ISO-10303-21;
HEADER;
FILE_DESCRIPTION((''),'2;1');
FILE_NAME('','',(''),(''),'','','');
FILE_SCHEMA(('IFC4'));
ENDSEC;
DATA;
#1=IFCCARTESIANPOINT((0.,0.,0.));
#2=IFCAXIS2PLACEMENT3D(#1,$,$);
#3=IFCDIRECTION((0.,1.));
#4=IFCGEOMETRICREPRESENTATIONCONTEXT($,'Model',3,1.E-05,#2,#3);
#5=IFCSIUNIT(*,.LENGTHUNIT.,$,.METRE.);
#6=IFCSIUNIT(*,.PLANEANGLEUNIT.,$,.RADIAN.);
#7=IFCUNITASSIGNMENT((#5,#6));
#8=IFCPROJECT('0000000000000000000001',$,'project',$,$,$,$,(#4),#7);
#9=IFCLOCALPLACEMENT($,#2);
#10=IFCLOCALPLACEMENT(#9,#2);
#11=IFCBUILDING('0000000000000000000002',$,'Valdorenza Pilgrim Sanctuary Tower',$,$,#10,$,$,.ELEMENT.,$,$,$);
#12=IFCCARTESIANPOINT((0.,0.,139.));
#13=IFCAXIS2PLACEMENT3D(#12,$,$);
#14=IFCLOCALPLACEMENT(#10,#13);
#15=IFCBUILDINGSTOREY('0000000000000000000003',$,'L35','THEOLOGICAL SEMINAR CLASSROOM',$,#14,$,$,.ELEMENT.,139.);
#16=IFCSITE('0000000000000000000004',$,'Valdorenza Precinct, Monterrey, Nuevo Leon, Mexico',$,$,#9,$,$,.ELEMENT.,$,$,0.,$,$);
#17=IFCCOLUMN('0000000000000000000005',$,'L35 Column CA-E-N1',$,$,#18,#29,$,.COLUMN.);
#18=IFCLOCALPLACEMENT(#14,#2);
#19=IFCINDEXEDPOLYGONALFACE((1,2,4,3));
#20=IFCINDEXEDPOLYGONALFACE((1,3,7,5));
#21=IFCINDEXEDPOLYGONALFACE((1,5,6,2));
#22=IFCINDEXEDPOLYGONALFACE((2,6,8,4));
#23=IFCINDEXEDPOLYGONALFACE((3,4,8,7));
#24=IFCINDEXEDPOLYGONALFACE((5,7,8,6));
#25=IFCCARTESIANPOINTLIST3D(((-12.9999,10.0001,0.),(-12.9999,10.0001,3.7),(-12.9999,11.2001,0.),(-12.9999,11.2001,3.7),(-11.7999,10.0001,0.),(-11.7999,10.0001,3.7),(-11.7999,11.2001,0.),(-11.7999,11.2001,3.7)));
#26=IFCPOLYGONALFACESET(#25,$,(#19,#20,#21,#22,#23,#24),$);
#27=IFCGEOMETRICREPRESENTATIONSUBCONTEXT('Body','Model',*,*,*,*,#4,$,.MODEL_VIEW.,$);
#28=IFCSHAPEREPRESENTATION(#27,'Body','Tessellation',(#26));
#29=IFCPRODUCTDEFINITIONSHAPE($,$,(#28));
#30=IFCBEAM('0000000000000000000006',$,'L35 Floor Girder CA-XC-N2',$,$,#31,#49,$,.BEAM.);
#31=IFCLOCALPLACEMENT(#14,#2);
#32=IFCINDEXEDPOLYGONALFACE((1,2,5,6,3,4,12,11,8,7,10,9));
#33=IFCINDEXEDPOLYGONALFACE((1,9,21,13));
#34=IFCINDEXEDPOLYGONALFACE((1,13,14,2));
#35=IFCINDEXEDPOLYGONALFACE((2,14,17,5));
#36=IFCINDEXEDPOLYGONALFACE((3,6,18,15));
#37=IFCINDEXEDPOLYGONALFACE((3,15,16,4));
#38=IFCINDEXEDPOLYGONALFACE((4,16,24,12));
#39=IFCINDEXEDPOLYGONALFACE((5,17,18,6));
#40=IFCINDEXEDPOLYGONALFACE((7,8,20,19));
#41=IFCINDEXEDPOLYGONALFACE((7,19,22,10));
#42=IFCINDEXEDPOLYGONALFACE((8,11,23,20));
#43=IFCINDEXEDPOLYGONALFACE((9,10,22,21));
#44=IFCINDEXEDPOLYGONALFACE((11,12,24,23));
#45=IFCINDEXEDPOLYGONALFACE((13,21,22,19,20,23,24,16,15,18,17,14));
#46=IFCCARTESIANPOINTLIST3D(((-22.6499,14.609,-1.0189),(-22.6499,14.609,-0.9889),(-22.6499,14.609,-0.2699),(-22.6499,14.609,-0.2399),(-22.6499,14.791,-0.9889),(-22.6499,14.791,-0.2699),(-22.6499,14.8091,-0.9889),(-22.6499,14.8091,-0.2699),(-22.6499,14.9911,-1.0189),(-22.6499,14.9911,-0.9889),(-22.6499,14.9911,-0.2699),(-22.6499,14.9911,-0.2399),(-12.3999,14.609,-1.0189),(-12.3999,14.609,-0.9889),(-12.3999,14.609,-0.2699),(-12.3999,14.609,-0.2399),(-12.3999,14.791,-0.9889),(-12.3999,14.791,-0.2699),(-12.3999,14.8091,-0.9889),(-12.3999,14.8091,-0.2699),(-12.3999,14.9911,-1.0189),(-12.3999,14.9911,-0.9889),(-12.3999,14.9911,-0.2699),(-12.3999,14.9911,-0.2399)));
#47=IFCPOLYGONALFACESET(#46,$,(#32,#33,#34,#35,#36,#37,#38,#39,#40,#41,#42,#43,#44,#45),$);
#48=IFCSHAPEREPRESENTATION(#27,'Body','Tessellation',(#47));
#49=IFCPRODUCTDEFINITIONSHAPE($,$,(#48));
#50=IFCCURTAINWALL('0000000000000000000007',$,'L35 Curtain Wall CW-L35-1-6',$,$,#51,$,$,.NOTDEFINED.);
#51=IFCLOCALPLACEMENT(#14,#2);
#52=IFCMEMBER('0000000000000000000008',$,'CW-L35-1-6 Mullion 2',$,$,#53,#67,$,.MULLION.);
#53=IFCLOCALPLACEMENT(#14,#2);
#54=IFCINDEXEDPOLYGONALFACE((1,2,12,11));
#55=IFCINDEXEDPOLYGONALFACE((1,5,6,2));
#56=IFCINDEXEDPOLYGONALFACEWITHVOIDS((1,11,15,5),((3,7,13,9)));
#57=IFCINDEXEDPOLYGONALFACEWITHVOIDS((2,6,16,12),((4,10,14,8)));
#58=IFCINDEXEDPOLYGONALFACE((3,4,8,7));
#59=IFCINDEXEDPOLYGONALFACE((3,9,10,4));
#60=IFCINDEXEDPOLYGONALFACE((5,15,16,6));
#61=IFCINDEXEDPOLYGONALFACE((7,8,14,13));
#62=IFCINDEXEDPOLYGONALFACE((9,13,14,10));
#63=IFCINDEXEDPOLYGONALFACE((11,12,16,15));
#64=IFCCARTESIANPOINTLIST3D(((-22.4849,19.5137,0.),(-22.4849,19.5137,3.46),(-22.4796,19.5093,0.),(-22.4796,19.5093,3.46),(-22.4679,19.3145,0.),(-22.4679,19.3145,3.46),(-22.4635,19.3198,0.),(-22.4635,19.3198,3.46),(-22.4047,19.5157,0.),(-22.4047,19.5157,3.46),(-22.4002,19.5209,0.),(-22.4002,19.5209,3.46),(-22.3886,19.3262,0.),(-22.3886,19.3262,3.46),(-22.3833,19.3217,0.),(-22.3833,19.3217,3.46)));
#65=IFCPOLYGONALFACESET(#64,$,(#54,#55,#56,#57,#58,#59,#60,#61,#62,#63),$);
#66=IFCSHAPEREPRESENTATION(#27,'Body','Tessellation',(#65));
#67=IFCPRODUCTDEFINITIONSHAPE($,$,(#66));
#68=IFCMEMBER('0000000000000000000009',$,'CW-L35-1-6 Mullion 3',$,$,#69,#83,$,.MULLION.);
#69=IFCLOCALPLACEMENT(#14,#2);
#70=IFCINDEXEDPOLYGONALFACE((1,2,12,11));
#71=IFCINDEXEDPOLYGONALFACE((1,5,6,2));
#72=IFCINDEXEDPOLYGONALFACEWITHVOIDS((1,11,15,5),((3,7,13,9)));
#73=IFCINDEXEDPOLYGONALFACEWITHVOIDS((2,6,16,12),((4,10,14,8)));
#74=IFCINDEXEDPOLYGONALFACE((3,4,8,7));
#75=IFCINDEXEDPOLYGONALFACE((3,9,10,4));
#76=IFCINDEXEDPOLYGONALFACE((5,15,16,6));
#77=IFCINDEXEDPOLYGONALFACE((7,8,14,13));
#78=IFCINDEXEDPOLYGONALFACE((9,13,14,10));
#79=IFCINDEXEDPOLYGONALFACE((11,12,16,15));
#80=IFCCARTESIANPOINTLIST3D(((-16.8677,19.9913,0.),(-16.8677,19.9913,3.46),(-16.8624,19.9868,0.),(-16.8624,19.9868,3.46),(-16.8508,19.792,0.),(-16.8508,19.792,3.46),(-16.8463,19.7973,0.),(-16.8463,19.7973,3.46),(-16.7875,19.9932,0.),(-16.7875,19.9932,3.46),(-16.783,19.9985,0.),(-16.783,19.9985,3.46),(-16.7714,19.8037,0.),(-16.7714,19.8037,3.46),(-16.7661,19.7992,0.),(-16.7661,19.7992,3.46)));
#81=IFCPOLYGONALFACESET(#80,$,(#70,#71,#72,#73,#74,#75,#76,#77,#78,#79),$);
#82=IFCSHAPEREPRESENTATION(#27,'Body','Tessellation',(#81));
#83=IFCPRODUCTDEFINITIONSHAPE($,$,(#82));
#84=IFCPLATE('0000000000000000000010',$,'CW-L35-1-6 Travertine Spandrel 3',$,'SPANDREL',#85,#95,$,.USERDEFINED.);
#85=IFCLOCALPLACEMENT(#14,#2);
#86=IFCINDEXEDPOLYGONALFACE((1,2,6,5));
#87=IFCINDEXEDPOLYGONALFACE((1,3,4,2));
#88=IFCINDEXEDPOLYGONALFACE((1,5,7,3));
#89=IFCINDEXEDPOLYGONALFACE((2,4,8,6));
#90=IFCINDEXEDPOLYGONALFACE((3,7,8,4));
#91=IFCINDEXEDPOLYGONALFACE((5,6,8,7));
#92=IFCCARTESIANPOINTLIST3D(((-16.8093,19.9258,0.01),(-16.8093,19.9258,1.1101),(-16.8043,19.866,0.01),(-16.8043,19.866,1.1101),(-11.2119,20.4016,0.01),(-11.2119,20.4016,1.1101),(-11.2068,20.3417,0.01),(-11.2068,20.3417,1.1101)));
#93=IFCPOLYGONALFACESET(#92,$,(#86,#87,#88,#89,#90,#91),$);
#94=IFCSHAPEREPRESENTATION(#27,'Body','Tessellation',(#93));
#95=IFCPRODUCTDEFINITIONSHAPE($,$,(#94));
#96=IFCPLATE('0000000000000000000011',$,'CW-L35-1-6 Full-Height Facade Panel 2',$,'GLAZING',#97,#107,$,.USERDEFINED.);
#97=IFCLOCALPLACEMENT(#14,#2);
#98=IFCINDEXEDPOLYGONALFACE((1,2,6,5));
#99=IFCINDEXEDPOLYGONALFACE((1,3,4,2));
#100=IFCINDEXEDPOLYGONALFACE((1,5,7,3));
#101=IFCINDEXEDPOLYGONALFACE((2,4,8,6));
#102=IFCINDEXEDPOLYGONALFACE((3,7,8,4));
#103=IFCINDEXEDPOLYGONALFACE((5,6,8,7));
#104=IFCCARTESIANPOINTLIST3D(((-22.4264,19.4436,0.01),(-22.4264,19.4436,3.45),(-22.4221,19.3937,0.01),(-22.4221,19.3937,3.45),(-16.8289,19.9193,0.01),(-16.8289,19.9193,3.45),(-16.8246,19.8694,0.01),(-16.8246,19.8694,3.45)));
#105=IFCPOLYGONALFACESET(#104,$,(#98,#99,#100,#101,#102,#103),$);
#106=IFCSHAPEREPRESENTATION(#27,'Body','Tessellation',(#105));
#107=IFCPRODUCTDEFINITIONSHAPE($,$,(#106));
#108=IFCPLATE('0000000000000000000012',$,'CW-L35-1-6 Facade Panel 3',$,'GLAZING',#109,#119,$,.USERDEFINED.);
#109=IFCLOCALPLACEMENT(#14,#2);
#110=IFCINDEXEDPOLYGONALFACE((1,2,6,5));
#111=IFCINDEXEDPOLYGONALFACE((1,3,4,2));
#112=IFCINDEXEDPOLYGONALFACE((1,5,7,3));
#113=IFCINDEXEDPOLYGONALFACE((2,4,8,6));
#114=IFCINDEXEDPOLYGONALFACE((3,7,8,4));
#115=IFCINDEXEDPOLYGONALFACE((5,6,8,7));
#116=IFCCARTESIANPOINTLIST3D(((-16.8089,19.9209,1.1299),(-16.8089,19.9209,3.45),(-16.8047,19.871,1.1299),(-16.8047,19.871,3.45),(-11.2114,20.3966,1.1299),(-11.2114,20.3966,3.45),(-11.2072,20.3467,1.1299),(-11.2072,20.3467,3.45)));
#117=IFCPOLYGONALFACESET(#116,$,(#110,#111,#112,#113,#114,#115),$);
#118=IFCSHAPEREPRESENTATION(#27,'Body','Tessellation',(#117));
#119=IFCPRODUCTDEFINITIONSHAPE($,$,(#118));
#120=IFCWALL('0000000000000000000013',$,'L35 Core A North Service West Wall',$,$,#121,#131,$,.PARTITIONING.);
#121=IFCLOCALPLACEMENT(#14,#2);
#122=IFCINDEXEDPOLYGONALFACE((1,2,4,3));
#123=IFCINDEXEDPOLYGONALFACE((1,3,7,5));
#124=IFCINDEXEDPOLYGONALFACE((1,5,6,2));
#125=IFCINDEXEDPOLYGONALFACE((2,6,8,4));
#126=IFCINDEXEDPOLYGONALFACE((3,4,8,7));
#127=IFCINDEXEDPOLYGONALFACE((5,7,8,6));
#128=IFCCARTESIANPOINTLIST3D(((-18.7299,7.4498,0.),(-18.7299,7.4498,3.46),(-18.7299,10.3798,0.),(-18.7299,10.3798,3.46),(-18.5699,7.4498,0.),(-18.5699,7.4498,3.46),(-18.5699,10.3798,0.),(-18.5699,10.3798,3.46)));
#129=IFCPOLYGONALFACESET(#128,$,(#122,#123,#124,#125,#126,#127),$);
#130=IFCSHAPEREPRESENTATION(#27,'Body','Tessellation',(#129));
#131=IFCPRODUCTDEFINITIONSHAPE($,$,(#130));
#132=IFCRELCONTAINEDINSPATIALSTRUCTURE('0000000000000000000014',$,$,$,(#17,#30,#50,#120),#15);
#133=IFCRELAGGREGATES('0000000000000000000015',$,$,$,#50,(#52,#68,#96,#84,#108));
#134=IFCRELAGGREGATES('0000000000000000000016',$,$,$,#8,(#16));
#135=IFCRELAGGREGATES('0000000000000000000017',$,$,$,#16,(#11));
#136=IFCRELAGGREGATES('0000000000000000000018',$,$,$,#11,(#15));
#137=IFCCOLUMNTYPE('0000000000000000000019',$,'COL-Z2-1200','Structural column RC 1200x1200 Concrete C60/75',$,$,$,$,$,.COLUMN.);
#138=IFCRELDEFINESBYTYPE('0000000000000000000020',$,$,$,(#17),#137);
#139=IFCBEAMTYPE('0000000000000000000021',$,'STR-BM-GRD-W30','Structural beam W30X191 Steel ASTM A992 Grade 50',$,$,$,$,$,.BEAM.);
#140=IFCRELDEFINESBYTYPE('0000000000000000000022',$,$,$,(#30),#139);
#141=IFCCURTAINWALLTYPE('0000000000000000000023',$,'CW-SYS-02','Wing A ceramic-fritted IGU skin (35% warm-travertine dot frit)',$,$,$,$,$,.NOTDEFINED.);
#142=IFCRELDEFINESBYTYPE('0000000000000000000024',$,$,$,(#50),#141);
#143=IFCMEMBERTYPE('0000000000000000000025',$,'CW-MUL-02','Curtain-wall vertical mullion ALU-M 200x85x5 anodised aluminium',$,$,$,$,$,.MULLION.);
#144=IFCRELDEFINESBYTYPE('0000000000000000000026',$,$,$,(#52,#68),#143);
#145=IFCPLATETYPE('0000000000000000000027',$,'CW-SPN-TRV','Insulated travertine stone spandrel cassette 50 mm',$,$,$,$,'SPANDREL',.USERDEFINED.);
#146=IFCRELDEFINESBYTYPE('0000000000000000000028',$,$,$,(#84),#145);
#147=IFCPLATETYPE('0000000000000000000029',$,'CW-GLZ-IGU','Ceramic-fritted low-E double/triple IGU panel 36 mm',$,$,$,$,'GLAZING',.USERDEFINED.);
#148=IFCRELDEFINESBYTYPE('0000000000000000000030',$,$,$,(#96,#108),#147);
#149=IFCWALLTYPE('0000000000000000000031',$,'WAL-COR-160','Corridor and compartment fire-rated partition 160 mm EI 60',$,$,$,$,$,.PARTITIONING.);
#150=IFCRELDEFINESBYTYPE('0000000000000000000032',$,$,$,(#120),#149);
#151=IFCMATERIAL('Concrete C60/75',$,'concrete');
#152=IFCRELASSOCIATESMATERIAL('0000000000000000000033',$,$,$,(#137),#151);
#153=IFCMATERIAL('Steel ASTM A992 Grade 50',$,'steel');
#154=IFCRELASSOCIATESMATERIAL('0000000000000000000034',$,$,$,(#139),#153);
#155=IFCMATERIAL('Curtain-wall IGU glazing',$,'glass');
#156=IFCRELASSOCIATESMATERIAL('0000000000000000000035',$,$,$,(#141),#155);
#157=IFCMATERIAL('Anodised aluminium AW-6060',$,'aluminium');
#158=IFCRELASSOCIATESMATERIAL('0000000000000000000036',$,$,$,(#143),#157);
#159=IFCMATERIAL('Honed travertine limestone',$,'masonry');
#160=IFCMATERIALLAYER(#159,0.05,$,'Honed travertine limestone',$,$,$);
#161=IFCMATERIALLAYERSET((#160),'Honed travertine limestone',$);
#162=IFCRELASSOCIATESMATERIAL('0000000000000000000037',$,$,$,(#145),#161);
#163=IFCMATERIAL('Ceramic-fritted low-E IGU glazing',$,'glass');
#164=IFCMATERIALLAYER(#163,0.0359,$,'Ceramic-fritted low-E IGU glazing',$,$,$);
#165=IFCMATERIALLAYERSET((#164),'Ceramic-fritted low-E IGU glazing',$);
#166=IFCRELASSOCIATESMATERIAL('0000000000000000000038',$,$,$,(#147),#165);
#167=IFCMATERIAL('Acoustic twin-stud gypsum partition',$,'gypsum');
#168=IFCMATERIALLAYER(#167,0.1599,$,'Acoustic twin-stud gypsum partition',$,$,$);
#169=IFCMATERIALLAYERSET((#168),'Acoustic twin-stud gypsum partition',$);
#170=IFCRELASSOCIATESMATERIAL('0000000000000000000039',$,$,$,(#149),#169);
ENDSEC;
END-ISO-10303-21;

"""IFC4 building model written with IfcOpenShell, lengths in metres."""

from ifc_helpers import new_model, si_unit, direction, frame, frame_2d, origin, origin_2d, place, context, subcontext, project, spatial, rectangle, hollow_rectangle, i_section, extrude, source, transform, mapped, material, layer, layer_set, material_profile, profile_set, type_object, element, aggregate, save


model = new_model("IFC4")

# Units and contexts
model_context = context("Model", 3, precision=1e-05, world=origin(), true_north=direction((0.0, 1.0)))
body_context = subcontext(model_context, "Body", "Model", "MODEL_VIEW")
ifc_project = project(units=[si_unit("LENGTHUNIT", "METRE"), si_unit("PLANEANGLEUNIT", "RADIAN")], contexts=[model_context])

# Site, building, storey
site_placement = place(None, origin())
site = spatial("IfcSite", under=ifc_project, at=site_placement, Name="Valdorenza Precinct, Monterrey, Nuevo Leon, Mexico", CompositionType="ELEMENT", RefElevation=0.0)
building_placement = place(site_placement, origin())
building = spatial("IfcBuilding", under=site, at=building_placement, Name="Valdorenza Pilgrim Sanctuary Tower", CompositionType="ELEMENT")
storey_placement = place(building_placement, frame((0.0, 0.0, 139.0)))
storey = spatial("IfcBuildingStorey", under=building, at=storey_placement, Name="L35", Description="THEOLOGICAL SEMINAR CLASSROOM", CompositionType="ELEMENT", Elevation=139.0)

# Column
ifc_material_1 = material(Name="Concrete C60/75", Category="concrete")
ifc_material_profile_1 = material_profile(ifc_material_1, rectangle(XDim=1.2, YDim=1.2, at=origin_2d()), Name="RC 1200x1200")
ifc_profile_set_1 = profile_set([ifc_material_profile_1], Name="Concrete C60/75")
column_type = type_object("IfcColumnType", Name="COL-Z2-1200", Description="Structural column RC 1200x1200 Concrete C60/75", PredefinedType="COLUMN", material=ifc_profile_set_1)
shared_shape_1 = source(origin(), body_context, "Body", "SweptSolid", [
    extrude(rectangle(XDim=1.2, YDim=1.2, at=origin_2d()), origin(), (0.0, 0.0, 1.0), 3.7),
])
column_placement = place(storey_placement, frame((-12.3999, 10.6001, 0.0), z_axis=(0.0, 0.0, 1.0), x_axis=(1.0, 0.0, 0.0)))
element("IfcColumn", 1, at=column_placement, inside=storey, type_object=column_type, Name="L35 Column CA-E-N1", PredefinedType="COLUMN", context=body_context, shape_type="MappedRepresentation", body=[
    mapped(shared_shape_1, transform((0.0, 0.0, 0.0), x_axis=(1.0, 0.0, 0.0), y_axis=(0.0, 1.0, 0.0), z_axis=(0.0, 0.0, 1.0), scale=1.0)),
])

# Beam
ifc_material_2 = material(Name="Steel ASTM A992 Grade 50", Category="steel")
ifc_material_profile_2 = material_profile(ifc_material_2, i_section(OverallWidth=0.3821, OverallDepth=0.7791, WebThickness=0.0181, FlangeThickness=0.03, at=origin_2d()), Name="W30X191")
ifc_profile_set_2 = profile_set([ifc_material_profile_2], Name="Steel ASTM A992 Grade 50")
beam_type = type_object("IfcBeamType", Name="STR-BM-GRD-W30", Description="Structural beam W30X191 Steel ASTM A992 Grade 50", PredefinedType="BEAM", material=ifc_profile_set_2)
shared_shape_2 = source(origin(), body_context, "Body", "SweptSolid", [
    extrude(i_section(OverallWidth=0.3821, OverallDepth=0.7791, WebThickness=0.0181, FlangeThickness=0.03, at=origin_2d()), origin(), (0.0, 0.0, 1.0), 10.25),
])
beam_placement = place(storey_placement, frame((-22.6499, 14.8, -0.6294), z_axis=(1.0, 0.0, 0.0), x_axis=(0.0, 1.0, 0.0)))
element("IfcBeam", 2, at=beam_placement, inside=storey, type_object=beam_type, Name="L35 Floor Girder CA-XC-N2", PredefinedType="BEAM", context=body_context, shape_type="MappedRepresentation", body=[
    mapped(shared_shape_2, transform((0.0, 0.0, 0.0), x_axis=(1.0, 0.0, 0.0), y_axis=(0.0, 1.0, 0.0), z_axis=(0.0, 0.0, 1.0), scale=1.0)),
])

# Curtain wall, members, plates
ifc_material_3 = material(Name="Curtain-wall IGU glazing", Category="glass")
curtain_wall_type = type_object("IfcCurtainWallType", Name="CW-SYS-02", Description="Wing A ceramic-fritted IGU skin (35% warm-travertine dot frit)", PredefinedType="NOTDEFINED", material=ifc_material_3)
curtain_wall_placement = place(storey_placement, origin())
curtain_wall = element("IfcCurtainWall", 3, at=curtain_wall_placement, inside=storey, type_object=curtain_wall_type, Name="L35 Curtain Wall CW-L35-1-6", PredefinedType="NOTDEFINED")
ifc_material_4 = material(Name="Anodised aluminium AW-6060", Category="aluminium")
ifc_material_profile_3 = material_profile(ifc_material_4, hollow_rectangle(XDim=0.085, YDim=0.2, WallThickness=0.0049, at=origin_2d()), Name="ALU-M 200x85x5")
ifc_profile_set_3 = profile_set([ifc_material_profile_3], Name="Anodised aluminium AW-6060")
member_type = type_object("IfcMemberType", Name="CW-MUL-02", Description="Curtain-wall vertical mullion ALU-M 200x85x5 anodised aluminium", PredefinedType="MULLION", material=ifc_profile_set_3)
shared_shape_3 = source(origin(), body_context, "Body", "SweptSolid", [
    extrude(hollow_rectangle(XDim=0.085, YDim=0.2, WallThickness=0.0049, at=origin_2d()), origin(), (0.0, 0.0, 1.0), 3.46),
])
member_1_placement = place(storey_placement, frame((-22.4341, 19.4177, 0.0), z_axis=(0.0, 0.0, 1.0), x_axis=(0.996408, 0.084687, 0.0)))
member_1 = element("IfcMember", 4, at=member_1_placement, type_object=member_type, Name="CW-L35-1-6 Mullion 2", PredefinedType="MULLION", context=body_context, shape_type="MappedRepresentation", body=[
    mapped(shared_shape_3, transform((0.0, 0.0, 0.0), x_axis=(1.0, 0.0, 0.0), y_axis=(0.0, 1.0, 0.0), z_axis=(0.0, 0.0, 1.0), scale=1.0)),
])
member_2_placement = place(storey_placement, frame((-16.8169, 19.8953, 0.0), z_axis=(0.0, 0.0, 1.0), x_axis=(0.996408, 0.084687, 0.0)))
member_2 = element("IfcMember", 5, at=member_2_placement, type_object=member_type, Name="CW-L35-1-6 Mullion 3", PredefinedType="MULLION", context=body_context, shape_type="MappedRepresentation", body=[
    mapped(shared_shape_3, transform((0.0, 0.0, 0.0), x_axis=(1.0, 0.0, 0.0), y_axis=(0.0, 1.0, 0.0), z_axis=(0.0, 0.0, 1.0), scale=1.0)),
])
ifc_material_5 = material(Name="Honed travertine limestone", Category="masonry")
ifc_layer_1 = layer(ifc_material_5, 0.05, Name="Honed travertine limestone")
ifc_layer_set_1 = layer_set([ifc_layer_1], Name="Honed travertine limestone")
plate_type_1 = type_object("IfcPlateType", Name="CW-SPN-TRV", Description="Insulated travertine stone spandrel cassette 50 mm", ElementType="SPANDREL", PredefinedType="USERDEFINED", material=ifc_layer_set_1)
shared_shape_4 = source(origin(), body_context, "Body", "SweptSolid", [
    extrude(rectangle(XDim=5.6177, YDim=0.0601, at=origin_2d()), origin(), (0.0, 0.0, 1.0), 1.1001),
])
plate_1_placement = place(storey_placement, frame((-14.0081, 20.1338, 0.01), z_axis=(0.0, 0.0, 1.0), x_axis=(0.996408, 0.084687, 0.0)))
plate_1 = element("IfcPlate", 6, at=plate_1_placement, type_object=plate_type_1, Name="CW-L35-1-6 Travertine Spandrel 3", ObjectType="SPANDREL", PredefinedType="USERDEFINED", context=body_context, shape_type="MappedRepresentation", body=[
    mapped(shared_shape_4, transform((0.0, 0.0, 0.0), x_axis=(1.0, 0.0, 0.0), y_axis=(0.0, 1.0, 0.0), z_axis=(0.0, 0.0, 1.0), scale=1.0)),
])
ifc_material_6 = material(Name="Ceramic-fritted low-E IGU glazing", Category="glass")
ifc_layer_2 = layer(ifc_material_6, 0.0359, Name="Ceramic-fritted low-E IGU glazing")
ifc_layer_set_2 = layer_set([ifc_layer_2], Name="Ceramic-fritted low-E IGU glazing")
plate_type_2 = type_object("IfcPlateType", Name="CW-GLZ-IGU", Description="Ceramic-fritted low-E double/triple IGU panel 36 mm", ElementType="GLAZING", PredefinedType="USERDEFINED", material=ifc_layer_set_2)
shared_shape_5 = source(origin(), body_context, "Body", "SweptSolid", [
    extrude(rectangle(XDim=5.6177, YDim=0.05, at=origin_2d()), origin(), (0.0, 0.0, 1.0), 3.4399),
])
plate_2_placement = place(storey_placement, frame((-19.6255, 19.6565, 0.01), z_axis=(0.0, 0.0, 1.0), x_axis=(0.996408, 0.084687, 0.0)))
plate_2 = element("IfcPlate", 7, at=plate_2_placement, type_object=plate_type_2, Name="CW-L35-1-6 Full-Height Facade Panel 2", ObjectType="GLAZING", PredefinedType="USERDEFINED", context=body_context, shape_type="MappedRepresentation", body=[
    mapped(shared_shape_5, transform((0.0, 0.0, 0.0), x_axis=(1.0, 0.0, 0.0), y_axis=(0.0, 1.0, 0.0), z_axis=(0.0, 0.0, 1.0), scale=1.0)),
])
shared_shape_6 = source(origin(), body_context, "Body", "SweptSolid", [
    extrude(rectangle(XDim=5.6177, YDim=0.05, at=origin_2d()), origin(), (0.0, 0.0, 1.0), 2.3201),
])
plate_3_placement = place(storey_placement, frame((-14.0081, 20.1338, 1.1299), z_axis=(0.0, 0.0, 1.0), x_axis=(0.996408, 0.084687, 0.0)))
plate_3 = element("IfcPlate", 8, at=plate_3_placement, type_object=plate_type_2, Name="CW-L35-1-6 Facade Panel 3", ObjectType="GLAZING", PredefinedType="USERDEFINED", context=body_context, shape_type="MappedRepresentation", body=[
    mapped(shared_shape_6, transform((0.0, 0.0, 0.0), x_axis=(1.0, 0.0, 0.0), y_axis=(0.0, 1.0, 0.0), z_axis=(0.0, 0.0, 1.0), scale=1.0)),
])
aggregate(curtain_wall, [member_1, member_2, plate_2, plate_1, plate_3])

# Wall
ifc_material_7 = material(Name="Acoustic twin-stud gypsum partition", Category="gypsum")
ifc_layer_3 = layer(ifc_material_7, 0.1599, Name="Acoustic twin-stud gypsum partition")
ifc_layer_set_3 = layer_set([ifc_layer_3], Name="Acoustic twin-stud gypsum partition")
wall_type_1 = type_object("IfcWallType", Name="WAL-COR-160", Description="Corridor and compartment fire-rated partition 160 mm EI 60", PredefinedType="PARTITIONING", material=ifc_layer_set_3)
wall_1_placement = place(storey_placement, frame((-18.6499, 7.45, 0.0), z_axis=(0.0, 0.0, 1.0), x_axis=(0.0, 1.0, 0.0)))
element("IfcWall", 9, at=wall_1_placement, inside=storey, type_object=wall_type_1, Name="L35 Core A North Service West Wall", PredefinedType="PARTITIONING", context=body_context, shape_type="SweptSolid", body=[
    extrude(rectangle(XDim=2.9299, YDim=0.1599, at=frame_2d((1.4648, 0.0))), origin(), (0.0, 0.0, 1.0), 3.46),
])

save(model, "model.ifc")
